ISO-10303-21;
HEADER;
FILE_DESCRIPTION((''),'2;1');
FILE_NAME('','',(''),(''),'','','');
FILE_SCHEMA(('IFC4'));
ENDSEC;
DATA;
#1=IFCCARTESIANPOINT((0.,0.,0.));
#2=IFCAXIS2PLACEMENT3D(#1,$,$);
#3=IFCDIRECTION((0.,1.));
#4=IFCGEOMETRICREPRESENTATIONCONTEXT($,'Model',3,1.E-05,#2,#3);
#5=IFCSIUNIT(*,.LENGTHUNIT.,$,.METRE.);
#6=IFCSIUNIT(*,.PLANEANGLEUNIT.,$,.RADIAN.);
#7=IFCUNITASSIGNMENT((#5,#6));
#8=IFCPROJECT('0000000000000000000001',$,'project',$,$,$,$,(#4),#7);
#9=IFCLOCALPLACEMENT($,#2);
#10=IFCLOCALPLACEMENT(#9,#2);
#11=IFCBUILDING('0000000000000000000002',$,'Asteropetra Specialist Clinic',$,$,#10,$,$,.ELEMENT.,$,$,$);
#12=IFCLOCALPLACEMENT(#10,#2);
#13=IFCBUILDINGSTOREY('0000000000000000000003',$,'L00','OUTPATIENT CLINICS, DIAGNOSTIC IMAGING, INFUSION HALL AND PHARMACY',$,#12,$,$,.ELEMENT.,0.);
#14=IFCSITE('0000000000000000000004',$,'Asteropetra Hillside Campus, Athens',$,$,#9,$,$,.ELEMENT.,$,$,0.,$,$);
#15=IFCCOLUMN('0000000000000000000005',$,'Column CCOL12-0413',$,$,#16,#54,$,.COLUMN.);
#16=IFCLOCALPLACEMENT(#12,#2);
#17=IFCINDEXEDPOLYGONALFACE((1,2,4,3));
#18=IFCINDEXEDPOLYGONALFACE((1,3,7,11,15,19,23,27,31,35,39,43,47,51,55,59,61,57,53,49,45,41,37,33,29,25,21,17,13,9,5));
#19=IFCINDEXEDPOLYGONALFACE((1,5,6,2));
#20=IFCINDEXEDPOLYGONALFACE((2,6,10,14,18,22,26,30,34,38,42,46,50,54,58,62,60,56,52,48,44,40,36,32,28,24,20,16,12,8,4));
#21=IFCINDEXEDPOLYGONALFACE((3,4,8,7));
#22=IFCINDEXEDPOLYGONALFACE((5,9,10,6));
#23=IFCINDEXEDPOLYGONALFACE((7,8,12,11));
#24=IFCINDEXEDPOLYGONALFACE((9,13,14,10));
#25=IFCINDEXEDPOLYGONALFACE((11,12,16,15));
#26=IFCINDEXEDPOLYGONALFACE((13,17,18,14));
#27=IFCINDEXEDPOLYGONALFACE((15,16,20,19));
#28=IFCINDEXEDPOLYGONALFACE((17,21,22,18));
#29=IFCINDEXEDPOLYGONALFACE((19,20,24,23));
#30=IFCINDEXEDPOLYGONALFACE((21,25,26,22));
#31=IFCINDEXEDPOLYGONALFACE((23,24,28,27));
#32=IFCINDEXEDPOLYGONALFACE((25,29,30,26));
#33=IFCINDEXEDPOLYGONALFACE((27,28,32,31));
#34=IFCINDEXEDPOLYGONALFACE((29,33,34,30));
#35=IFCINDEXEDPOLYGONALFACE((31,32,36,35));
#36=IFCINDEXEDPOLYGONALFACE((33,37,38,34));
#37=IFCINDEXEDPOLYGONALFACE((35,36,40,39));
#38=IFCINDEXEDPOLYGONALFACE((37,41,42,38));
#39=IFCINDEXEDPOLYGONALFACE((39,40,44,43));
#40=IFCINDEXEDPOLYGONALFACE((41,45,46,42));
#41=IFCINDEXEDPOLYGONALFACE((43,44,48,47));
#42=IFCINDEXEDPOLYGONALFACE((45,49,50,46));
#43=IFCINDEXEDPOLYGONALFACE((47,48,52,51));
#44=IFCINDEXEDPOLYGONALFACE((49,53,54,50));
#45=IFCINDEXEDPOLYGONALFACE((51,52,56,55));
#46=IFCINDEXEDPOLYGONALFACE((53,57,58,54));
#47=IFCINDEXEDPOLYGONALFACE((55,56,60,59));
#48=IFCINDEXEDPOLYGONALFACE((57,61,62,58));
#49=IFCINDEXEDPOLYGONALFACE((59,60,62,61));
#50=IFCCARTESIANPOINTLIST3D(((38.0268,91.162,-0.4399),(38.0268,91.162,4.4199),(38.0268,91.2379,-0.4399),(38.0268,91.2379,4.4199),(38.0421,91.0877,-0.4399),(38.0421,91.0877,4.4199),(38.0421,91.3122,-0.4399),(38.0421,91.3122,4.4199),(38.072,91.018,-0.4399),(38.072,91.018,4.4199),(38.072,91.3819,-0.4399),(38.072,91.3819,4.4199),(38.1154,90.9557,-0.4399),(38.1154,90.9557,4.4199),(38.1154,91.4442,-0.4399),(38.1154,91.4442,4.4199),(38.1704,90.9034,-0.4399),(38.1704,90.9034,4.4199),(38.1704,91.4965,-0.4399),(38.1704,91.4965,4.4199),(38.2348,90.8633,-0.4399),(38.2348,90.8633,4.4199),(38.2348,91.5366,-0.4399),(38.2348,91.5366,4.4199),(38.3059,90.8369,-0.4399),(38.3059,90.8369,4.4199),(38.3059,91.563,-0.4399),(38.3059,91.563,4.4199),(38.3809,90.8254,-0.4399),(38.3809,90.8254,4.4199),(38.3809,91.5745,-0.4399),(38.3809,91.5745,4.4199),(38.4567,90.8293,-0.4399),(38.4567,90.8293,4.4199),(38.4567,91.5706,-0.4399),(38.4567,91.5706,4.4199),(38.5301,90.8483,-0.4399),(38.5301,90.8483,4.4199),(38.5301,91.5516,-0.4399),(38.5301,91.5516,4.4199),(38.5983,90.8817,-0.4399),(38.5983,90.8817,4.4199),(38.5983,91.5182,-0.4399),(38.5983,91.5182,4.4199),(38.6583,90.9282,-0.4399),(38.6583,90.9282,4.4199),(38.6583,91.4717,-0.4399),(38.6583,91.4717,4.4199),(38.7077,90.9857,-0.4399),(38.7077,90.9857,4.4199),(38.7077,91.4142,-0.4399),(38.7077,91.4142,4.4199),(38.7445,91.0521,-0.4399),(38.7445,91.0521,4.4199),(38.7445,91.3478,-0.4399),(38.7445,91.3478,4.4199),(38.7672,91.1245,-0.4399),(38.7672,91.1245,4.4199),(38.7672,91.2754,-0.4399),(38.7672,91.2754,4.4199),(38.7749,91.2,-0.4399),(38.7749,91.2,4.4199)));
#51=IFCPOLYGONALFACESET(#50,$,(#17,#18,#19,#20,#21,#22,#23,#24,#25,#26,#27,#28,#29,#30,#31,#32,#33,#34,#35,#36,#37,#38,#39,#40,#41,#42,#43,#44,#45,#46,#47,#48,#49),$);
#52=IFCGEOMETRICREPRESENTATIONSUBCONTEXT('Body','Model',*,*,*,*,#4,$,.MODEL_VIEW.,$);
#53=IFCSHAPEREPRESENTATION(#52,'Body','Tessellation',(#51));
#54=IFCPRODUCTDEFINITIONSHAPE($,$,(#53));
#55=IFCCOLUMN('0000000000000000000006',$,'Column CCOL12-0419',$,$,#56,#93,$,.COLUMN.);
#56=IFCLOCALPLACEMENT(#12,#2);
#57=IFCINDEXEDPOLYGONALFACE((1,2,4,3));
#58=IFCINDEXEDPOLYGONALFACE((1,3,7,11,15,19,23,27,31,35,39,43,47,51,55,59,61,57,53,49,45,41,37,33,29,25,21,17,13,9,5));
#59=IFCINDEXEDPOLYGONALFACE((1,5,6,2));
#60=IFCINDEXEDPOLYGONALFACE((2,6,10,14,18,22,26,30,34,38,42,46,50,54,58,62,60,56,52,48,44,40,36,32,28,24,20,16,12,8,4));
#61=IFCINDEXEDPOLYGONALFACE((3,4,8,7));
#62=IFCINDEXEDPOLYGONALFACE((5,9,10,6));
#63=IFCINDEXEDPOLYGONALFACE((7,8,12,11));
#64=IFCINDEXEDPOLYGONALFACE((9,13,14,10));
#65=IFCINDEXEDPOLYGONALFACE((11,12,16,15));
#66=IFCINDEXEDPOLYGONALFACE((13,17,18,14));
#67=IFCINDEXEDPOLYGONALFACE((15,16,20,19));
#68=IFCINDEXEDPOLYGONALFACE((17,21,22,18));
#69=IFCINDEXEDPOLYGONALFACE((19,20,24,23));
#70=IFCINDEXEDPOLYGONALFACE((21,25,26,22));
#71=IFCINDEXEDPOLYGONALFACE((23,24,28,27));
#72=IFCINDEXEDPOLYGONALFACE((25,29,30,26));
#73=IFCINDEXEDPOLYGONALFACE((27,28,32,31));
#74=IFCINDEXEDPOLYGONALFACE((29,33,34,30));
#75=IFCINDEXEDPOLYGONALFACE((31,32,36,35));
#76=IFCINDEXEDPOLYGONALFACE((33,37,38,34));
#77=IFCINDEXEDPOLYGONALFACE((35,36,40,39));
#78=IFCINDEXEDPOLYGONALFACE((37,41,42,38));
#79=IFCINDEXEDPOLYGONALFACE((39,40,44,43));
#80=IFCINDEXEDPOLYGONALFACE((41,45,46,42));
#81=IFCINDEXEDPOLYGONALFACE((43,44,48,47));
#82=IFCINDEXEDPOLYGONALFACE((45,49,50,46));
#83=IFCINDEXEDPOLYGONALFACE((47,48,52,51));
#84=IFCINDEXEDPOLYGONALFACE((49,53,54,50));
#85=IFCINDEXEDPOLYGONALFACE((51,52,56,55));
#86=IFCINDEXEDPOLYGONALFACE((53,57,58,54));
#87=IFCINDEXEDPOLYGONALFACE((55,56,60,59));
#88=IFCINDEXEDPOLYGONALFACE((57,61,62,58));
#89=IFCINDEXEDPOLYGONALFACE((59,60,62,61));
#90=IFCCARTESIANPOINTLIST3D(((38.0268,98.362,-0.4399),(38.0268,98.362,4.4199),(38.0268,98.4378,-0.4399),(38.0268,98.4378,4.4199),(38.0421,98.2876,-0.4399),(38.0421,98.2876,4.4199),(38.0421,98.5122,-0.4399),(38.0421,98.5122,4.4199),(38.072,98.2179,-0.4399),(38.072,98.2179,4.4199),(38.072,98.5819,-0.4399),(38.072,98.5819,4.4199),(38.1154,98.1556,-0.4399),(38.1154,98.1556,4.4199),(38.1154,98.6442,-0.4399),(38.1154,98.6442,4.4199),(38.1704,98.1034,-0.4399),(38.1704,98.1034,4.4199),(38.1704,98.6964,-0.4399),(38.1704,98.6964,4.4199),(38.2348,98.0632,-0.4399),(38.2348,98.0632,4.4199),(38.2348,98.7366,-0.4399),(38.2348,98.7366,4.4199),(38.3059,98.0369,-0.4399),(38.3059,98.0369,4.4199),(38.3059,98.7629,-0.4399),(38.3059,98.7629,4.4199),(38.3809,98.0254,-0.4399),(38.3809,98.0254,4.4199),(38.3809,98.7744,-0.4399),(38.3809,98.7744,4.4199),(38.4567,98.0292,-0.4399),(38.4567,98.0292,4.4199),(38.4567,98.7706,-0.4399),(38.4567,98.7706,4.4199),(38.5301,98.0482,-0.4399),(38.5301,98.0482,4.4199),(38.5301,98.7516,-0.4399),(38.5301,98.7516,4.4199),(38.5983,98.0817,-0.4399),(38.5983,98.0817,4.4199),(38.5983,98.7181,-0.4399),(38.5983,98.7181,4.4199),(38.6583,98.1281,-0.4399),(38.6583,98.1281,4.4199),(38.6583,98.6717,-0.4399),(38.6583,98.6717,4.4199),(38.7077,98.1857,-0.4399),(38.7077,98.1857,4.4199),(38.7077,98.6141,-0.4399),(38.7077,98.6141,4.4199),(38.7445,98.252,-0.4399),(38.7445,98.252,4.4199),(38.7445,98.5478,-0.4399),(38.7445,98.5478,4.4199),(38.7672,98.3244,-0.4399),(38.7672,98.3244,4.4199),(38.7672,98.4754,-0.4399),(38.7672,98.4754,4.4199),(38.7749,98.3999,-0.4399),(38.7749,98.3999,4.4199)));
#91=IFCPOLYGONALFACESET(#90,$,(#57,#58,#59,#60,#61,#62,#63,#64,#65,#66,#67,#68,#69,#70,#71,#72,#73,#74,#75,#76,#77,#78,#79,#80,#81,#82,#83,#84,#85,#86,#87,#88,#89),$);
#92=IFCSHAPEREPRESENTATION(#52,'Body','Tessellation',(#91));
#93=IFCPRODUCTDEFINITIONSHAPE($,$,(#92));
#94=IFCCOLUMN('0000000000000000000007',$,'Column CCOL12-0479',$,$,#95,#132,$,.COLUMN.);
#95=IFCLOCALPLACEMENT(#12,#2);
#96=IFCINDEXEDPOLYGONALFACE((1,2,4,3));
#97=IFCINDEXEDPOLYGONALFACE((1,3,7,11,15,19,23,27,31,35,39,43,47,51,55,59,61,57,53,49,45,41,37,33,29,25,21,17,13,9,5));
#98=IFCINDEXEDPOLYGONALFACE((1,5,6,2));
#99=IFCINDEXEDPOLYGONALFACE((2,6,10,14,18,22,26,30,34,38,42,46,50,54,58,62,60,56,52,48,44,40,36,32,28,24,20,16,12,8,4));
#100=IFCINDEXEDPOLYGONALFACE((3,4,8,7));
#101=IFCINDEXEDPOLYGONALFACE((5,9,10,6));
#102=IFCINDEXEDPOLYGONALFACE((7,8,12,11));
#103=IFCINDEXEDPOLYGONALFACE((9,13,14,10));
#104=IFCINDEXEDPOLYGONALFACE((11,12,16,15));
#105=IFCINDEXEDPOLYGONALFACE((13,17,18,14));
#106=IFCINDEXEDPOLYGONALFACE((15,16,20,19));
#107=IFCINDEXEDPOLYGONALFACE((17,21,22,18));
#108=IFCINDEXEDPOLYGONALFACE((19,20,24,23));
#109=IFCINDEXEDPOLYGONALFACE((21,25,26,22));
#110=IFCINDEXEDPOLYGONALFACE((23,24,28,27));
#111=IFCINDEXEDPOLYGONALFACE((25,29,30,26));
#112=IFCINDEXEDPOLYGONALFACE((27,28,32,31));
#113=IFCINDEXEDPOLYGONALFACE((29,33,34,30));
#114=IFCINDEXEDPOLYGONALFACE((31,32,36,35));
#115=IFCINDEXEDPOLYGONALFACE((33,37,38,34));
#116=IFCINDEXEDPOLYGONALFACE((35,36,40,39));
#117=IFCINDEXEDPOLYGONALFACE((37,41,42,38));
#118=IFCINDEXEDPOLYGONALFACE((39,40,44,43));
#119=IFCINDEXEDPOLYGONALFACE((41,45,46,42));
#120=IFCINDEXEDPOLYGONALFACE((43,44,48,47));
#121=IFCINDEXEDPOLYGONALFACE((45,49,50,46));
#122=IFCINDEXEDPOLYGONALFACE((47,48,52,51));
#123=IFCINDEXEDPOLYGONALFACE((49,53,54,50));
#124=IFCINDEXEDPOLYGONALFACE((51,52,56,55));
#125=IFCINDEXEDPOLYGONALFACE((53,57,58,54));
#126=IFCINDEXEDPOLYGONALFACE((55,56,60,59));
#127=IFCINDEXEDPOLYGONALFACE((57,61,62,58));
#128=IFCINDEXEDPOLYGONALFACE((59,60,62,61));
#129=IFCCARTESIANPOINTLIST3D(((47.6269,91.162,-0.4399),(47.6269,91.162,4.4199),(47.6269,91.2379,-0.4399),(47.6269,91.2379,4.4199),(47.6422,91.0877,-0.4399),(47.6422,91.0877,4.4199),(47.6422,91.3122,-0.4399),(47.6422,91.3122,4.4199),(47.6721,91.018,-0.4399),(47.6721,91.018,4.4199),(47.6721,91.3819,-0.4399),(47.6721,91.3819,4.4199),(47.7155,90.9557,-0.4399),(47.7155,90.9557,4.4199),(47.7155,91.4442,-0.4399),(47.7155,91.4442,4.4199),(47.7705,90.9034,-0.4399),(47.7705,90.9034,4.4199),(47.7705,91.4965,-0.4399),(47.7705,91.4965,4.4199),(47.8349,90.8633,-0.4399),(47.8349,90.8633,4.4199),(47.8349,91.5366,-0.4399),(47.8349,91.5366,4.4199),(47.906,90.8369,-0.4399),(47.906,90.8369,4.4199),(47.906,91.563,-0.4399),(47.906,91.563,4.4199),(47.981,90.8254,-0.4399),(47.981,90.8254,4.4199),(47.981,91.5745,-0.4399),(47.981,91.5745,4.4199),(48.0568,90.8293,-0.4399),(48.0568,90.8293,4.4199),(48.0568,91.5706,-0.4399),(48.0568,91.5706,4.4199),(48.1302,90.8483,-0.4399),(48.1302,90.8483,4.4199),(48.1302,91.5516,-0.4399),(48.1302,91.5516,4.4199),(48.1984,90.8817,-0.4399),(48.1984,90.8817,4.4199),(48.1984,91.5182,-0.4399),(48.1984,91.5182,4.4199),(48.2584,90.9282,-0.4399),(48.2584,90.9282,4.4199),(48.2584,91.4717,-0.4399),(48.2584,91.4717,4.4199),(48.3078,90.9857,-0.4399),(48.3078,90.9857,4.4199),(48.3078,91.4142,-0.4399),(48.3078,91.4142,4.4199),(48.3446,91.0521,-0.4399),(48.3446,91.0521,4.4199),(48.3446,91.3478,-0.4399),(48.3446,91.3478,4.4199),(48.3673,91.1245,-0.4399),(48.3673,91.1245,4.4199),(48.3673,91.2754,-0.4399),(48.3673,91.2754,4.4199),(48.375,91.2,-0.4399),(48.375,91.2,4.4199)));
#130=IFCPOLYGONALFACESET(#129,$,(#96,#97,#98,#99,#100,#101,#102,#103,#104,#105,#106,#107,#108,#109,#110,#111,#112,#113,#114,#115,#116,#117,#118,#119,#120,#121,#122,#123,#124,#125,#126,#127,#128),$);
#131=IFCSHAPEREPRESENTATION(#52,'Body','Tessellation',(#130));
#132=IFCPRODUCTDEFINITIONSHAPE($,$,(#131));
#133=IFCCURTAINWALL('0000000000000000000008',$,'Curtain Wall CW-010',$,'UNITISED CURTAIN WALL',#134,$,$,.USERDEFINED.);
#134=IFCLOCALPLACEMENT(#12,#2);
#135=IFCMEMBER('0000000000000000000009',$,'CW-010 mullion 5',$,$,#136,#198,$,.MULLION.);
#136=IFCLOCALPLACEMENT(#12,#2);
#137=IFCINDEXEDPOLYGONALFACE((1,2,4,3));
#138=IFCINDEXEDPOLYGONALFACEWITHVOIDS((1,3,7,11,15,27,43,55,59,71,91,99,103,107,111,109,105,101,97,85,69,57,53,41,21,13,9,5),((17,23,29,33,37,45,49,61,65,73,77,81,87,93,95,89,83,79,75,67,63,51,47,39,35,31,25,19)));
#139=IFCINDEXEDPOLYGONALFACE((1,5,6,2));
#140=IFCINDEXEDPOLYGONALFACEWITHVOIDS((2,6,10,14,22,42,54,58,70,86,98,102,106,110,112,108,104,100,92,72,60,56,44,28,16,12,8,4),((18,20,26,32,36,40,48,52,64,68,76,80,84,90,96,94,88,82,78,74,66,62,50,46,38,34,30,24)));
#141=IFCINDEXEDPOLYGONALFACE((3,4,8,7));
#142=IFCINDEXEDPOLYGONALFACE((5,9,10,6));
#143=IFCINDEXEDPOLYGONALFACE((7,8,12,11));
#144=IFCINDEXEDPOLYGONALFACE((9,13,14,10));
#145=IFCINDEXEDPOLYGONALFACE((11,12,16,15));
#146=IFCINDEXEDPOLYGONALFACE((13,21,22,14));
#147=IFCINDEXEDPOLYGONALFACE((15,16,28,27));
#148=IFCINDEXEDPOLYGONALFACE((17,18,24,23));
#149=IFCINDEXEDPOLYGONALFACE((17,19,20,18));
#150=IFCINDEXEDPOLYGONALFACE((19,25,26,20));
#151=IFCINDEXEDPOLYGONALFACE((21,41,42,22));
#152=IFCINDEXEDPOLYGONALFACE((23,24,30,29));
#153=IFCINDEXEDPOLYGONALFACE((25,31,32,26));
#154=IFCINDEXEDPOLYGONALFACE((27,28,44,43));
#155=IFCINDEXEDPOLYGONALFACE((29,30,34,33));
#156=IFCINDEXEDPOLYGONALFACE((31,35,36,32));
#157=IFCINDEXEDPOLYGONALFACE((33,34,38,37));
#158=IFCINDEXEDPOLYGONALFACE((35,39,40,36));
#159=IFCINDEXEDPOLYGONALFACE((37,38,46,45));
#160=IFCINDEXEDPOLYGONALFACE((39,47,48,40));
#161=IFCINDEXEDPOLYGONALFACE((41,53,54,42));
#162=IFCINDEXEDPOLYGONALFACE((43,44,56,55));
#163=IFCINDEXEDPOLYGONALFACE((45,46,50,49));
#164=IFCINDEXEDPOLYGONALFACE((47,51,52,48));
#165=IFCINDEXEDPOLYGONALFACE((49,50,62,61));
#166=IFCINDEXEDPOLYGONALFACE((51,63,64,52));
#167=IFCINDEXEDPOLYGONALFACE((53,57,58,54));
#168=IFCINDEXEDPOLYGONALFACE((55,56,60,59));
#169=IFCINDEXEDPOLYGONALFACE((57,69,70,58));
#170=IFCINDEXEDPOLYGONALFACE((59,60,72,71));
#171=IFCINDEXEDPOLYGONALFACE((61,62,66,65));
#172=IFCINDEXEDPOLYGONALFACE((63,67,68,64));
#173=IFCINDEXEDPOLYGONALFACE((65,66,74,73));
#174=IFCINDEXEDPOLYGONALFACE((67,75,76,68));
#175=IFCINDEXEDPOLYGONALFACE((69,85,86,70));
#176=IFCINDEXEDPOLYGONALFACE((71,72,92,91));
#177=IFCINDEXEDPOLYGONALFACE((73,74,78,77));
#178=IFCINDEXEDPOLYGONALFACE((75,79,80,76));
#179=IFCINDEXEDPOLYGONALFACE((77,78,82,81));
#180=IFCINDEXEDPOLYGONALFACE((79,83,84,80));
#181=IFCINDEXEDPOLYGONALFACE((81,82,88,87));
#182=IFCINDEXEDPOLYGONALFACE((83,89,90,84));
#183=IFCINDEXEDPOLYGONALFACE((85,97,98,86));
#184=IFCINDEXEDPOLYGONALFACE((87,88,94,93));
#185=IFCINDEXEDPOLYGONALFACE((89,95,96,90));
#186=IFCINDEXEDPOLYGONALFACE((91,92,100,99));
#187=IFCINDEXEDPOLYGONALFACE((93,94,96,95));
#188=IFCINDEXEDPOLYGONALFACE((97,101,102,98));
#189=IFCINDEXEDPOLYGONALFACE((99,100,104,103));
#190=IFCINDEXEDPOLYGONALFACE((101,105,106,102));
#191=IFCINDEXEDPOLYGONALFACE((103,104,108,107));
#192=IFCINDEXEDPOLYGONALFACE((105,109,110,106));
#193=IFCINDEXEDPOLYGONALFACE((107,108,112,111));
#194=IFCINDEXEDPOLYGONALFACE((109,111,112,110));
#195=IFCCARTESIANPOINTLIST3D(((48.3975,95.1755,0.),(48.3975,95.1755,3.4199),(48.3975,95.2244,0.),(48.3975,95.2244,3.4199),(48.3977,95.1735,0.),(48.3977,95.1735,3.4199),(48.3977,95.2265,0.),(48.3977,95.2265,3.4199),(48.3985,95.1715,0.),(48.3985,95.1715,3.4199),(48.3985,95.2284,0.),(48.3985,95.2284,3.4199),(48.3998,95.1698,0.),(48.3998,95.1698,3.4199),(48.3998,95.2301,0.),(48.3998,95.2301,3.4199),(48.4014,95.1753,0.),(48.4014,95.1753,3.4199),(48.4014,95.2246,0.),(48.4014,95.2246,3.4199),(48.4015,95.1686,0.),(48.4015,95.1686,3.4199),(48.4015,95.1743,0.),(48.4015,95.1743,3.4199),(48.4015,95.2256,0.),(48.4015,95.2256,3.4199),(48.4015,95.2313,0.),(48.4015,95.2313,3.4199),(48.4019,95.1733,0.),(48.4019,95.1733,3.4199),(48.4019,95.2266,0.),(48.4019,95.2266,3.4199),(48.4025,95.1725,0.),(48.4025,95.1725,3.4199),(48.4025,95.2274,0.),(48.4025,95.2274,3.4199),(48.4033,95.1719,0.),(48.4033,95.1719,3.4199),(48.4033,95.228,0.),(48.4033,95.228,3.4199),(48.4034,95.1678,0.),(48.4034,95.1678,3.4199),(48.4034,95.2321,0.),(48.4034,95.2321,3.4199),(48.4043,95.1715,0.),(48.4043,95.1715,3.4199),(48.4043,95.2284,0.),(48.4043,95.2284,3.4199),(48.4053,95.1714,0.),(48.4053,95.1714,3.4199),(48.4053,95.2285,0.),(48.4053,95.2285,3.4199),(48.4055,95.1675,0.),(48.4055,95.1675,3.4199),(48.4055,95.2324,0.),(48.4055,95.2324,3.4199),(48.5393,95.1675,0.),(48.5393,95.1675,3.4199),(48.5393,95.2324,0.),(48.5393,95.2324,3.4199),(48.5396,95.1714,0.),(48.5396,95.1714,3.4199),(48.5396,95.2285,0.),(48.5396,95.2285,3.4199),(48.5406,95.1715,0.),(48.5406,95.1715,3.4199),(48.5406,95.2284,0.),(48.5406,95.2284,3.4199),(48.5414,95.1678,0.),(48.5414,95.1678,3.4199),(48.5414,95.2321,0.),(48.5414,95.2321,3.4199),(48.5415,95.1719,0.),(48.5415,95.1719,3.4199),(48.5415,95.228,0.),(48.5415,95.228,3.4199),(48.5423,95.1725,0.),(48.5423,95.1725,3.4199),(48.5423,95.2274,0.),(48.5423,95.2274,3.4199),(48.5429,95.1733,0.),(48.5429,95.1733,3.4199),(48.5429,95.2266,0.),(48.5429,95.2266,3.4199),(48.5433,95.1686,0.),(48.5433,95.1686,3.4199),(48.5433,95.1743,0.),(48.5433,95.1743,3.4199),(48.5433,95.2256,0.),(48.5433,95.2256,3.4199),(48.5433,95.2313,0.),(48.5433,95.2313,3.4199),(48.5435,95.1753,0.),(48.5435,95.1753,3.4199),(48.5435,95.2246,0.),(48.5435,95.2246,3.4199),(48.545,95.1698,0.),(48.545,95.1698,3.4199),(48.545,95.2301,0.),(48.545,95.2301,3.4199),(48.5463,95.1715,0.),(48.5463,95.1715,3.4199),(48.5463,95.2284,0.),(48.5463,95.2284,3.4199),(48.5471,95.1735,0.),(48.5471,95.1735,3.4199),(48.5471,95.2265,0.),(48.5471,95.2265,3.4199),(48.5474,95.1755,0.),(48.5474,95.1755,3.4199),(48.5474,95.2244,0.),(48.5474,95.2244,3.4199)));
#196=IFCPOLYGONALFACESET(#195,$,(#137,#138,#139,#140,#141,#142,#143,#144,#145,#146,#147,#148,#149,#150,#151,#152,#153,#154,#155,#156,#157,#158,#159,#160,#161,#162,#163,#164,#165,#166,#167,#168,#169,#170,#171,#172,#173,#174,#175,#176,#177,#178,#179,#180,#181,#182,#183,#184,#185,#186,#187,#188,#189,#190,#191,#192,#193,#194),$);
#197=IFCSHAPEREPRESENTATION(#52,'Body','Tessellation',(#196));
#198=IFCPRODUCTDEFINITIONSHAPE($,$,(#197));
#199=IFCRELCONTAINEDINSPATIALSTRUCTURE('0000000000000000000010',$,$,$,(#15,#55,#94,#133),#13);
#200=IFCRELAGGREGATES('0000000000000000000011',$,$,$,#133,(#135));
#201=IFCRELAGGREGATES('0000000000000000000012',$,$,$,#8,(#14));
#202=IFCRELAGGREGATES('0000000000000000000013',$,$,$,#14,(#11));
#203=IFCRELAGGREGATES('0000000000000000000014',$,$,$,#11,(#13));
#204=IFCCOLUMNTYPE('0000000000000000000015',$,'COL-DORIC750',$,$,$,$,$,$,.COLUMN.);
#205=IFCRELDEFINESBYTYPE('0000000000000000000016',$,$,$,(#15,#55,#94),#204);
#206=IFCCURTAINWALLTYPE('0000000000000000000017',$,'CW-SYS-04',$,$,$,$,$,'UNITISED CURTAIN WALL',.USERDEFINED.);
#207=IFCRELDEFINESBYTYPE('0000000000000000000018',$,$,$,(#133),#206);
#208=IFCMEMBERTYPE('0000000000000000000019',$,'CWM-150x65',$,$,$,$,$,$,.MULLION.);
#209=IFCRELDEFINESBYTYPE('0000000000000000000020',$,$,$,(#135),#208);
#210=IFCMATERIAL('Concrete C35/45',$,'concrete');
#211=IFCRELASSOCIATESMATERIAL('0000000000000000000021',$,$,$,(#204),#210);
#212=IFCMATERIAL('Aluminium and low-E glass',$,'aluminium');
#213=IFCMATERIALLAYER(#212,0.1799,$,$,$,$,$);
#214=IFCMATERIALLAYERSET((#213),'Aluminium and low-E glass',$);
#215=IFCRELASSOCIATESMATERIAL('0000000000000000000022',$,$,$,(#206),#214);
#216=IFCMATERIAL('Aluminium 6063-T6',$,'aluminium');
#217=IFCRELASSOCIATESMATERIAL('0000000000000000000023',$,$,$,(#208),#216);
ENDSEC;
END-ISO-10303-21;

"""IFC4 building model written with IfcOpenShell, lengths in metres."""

from ifc_helpers import new_model, si_unit, direction, frame, origin, origin_2d, place, context, subcontext, project, spatial, hollow_rectangle, circle, extrude, material, layer, layer_set, material_profile, profile_set, type_object, element, aggregate, save


model = new_model("IFC4")

# Units and contexts
model_context = context("Model", 3, precision=1e-05, world=origin(), true_north=direction((0.0, 1.0)))
body_context = subcontext(model_context, "Body", "Model", "MODEL_VIEW")
ifc_project = project(units=[si_unit("LENGTHUNIT", "METRE"), si_unit("PLANEANGLEUNIT", "RADIAN")], contexts=[model_context])

# Site, building, storey
site_placement = place(None, origin())
site = spatial("IfcSite", under=ifc_project, at=site_placement, Name="Asteropetra Hillside Campus, Athens", CompositionType="ELEMENT", RefElevation=0.0)
building_placement = place(site_placement, origin())
building = spatial("IfcBuilding", under=site, at=building_placement, Name="Asteropetra Specialist Clinic", CompositionType="ELEMENT")
storey_placement = place(building_placement, origin())
storey = spatial("IfcBuildingStorey", under=building, at=storey_placement, Name="L00", Description="OUTPATIENT CLINICS, DIAGNOSTIC IMAGING, INFUSION HALL AND PHARMACY", CompositionType="ELEMENT", Elevation=0.0)

# Columns
ifc_material_1 = material(Name="Concrete C35/45", Category="concrete")
ifc_material_profile_1 = material_profile(ifc_material_1, circle(Radius=0.375, at=origin_2d()), Name="RCC D750")
ifc_profile_set_1 = profile_set([ifc_material_profile_1], Name="Concrete C35/45")
column_type = type_object("IfcColumnType", Name="COL-DORIC750", PredefinedType="COLUMN", material=ifc_profile_set_1)
for number, where, z_axis, x_axis, name in (
    (1, (38.3999, 91.2, -0.4399), (0.0, 0.0, 1.0), (1.0, 0.0, 0.0), "Column CCOL12-0413"),
    (2, (38.3999, 98.3999, -0.4399), (0.0, 0.0, 1.0), (1.0, 0.0, 0.0), "Column CCOL12-0419"),
    (3, (48.0, 91.2, -0.4399), (0.0, 0.0, 1.0), (1.0, 0.0, 0.0), "Column CCOL12-0479"),
):
    element("IfcColumn", number, at=place(storey_placement, frame(where, z_axis=z_axis, x_axis=x_axis)), inside=storey, type_object=column_type, Name=name, PredefinedType="COLUMN", context=body_context, shape_type="SweptSolid", body=[
        extrude(circle(Radius=0.375, at=origin_2d()), origin(), (0.0, 0.0, 1.0), 4.8599),
    ])

# Curtain wall, member
ifc_material_2 = material(Name="Aluminium and low-E glass", Category="aluminium")
ifc_layer_1 = layer(ifc_material_2, 0.1799)
ifc_layer_set_1 = layer_set([ifc_layer_1], Name="Aluminium and low-E glass")
curtain_wall_type_1 = type_object("IfcCurtainWallType", Name="CW-SYS-04", ElementType="UNITISED CURTAIN WALL", PredefinedType="USERDEFINED", material=ifc_layer_set_1)
curtain_wall_1_placement = place(storey_placement, origin())
curtain_wall_1 = element("IfcCurtainWall", 4, at=curtain_wall_1_placement, inside=storey, type_object=curtain_wall_type_1, Name="Curtain Wall CW-010", ObjectType="UNITISED CURTAIN WALL", PredefinedType="USERDEFINED")
ifc_material_3 = material(Name="Aluminium 6063-T6", Category="aluminium")
ifc_material_profile_2 = material_profile(ifc_material_3, hollow_rectangle(XDim=0.0649, YDim=0.1499, WallThickness=0.0039, InnerFilletRadius=0.0039, OuterFilletRadius=0.0081, at=origin_2d()), Name="MUL 150x65x4.0")
ifc_profile_set_2 = profile_set([ifc_material_profile_2], Name="Aluminium 6063-T6")
member_type_1 = type_object("IfcMemberType", Name="CWM-150x65", PredefinedType="MULLION", material=ifc_profile_set_2)
member_1_placement = place(storey_placement, frame((48.4724, 95.2, 0.0), z_axis=(0.0, 0.0, 1.0), x_axis=(0.0, -1.0, 0.0)))
member_1 = element("IfcMember", 5, at=member_1_placement, type_object=member_type_1, Name="CW-010 mullion 5", PredefinedType="MULLION", context=body_context, shape_type="SweptSolid", body=[
    extrude(hollow_rectangle(XDim=0.0649, YDim=0.1499, WallThickness=0.0039, InnerFilletRadius=0.0039, OuterFilletRadius=0.0081, at=origin_2d()), origin(), (0.0, 0.0, 1.0), 3.4199),
])
aggregate(curtain_wall_1, [member_1])

save(model, "model.ifc")
